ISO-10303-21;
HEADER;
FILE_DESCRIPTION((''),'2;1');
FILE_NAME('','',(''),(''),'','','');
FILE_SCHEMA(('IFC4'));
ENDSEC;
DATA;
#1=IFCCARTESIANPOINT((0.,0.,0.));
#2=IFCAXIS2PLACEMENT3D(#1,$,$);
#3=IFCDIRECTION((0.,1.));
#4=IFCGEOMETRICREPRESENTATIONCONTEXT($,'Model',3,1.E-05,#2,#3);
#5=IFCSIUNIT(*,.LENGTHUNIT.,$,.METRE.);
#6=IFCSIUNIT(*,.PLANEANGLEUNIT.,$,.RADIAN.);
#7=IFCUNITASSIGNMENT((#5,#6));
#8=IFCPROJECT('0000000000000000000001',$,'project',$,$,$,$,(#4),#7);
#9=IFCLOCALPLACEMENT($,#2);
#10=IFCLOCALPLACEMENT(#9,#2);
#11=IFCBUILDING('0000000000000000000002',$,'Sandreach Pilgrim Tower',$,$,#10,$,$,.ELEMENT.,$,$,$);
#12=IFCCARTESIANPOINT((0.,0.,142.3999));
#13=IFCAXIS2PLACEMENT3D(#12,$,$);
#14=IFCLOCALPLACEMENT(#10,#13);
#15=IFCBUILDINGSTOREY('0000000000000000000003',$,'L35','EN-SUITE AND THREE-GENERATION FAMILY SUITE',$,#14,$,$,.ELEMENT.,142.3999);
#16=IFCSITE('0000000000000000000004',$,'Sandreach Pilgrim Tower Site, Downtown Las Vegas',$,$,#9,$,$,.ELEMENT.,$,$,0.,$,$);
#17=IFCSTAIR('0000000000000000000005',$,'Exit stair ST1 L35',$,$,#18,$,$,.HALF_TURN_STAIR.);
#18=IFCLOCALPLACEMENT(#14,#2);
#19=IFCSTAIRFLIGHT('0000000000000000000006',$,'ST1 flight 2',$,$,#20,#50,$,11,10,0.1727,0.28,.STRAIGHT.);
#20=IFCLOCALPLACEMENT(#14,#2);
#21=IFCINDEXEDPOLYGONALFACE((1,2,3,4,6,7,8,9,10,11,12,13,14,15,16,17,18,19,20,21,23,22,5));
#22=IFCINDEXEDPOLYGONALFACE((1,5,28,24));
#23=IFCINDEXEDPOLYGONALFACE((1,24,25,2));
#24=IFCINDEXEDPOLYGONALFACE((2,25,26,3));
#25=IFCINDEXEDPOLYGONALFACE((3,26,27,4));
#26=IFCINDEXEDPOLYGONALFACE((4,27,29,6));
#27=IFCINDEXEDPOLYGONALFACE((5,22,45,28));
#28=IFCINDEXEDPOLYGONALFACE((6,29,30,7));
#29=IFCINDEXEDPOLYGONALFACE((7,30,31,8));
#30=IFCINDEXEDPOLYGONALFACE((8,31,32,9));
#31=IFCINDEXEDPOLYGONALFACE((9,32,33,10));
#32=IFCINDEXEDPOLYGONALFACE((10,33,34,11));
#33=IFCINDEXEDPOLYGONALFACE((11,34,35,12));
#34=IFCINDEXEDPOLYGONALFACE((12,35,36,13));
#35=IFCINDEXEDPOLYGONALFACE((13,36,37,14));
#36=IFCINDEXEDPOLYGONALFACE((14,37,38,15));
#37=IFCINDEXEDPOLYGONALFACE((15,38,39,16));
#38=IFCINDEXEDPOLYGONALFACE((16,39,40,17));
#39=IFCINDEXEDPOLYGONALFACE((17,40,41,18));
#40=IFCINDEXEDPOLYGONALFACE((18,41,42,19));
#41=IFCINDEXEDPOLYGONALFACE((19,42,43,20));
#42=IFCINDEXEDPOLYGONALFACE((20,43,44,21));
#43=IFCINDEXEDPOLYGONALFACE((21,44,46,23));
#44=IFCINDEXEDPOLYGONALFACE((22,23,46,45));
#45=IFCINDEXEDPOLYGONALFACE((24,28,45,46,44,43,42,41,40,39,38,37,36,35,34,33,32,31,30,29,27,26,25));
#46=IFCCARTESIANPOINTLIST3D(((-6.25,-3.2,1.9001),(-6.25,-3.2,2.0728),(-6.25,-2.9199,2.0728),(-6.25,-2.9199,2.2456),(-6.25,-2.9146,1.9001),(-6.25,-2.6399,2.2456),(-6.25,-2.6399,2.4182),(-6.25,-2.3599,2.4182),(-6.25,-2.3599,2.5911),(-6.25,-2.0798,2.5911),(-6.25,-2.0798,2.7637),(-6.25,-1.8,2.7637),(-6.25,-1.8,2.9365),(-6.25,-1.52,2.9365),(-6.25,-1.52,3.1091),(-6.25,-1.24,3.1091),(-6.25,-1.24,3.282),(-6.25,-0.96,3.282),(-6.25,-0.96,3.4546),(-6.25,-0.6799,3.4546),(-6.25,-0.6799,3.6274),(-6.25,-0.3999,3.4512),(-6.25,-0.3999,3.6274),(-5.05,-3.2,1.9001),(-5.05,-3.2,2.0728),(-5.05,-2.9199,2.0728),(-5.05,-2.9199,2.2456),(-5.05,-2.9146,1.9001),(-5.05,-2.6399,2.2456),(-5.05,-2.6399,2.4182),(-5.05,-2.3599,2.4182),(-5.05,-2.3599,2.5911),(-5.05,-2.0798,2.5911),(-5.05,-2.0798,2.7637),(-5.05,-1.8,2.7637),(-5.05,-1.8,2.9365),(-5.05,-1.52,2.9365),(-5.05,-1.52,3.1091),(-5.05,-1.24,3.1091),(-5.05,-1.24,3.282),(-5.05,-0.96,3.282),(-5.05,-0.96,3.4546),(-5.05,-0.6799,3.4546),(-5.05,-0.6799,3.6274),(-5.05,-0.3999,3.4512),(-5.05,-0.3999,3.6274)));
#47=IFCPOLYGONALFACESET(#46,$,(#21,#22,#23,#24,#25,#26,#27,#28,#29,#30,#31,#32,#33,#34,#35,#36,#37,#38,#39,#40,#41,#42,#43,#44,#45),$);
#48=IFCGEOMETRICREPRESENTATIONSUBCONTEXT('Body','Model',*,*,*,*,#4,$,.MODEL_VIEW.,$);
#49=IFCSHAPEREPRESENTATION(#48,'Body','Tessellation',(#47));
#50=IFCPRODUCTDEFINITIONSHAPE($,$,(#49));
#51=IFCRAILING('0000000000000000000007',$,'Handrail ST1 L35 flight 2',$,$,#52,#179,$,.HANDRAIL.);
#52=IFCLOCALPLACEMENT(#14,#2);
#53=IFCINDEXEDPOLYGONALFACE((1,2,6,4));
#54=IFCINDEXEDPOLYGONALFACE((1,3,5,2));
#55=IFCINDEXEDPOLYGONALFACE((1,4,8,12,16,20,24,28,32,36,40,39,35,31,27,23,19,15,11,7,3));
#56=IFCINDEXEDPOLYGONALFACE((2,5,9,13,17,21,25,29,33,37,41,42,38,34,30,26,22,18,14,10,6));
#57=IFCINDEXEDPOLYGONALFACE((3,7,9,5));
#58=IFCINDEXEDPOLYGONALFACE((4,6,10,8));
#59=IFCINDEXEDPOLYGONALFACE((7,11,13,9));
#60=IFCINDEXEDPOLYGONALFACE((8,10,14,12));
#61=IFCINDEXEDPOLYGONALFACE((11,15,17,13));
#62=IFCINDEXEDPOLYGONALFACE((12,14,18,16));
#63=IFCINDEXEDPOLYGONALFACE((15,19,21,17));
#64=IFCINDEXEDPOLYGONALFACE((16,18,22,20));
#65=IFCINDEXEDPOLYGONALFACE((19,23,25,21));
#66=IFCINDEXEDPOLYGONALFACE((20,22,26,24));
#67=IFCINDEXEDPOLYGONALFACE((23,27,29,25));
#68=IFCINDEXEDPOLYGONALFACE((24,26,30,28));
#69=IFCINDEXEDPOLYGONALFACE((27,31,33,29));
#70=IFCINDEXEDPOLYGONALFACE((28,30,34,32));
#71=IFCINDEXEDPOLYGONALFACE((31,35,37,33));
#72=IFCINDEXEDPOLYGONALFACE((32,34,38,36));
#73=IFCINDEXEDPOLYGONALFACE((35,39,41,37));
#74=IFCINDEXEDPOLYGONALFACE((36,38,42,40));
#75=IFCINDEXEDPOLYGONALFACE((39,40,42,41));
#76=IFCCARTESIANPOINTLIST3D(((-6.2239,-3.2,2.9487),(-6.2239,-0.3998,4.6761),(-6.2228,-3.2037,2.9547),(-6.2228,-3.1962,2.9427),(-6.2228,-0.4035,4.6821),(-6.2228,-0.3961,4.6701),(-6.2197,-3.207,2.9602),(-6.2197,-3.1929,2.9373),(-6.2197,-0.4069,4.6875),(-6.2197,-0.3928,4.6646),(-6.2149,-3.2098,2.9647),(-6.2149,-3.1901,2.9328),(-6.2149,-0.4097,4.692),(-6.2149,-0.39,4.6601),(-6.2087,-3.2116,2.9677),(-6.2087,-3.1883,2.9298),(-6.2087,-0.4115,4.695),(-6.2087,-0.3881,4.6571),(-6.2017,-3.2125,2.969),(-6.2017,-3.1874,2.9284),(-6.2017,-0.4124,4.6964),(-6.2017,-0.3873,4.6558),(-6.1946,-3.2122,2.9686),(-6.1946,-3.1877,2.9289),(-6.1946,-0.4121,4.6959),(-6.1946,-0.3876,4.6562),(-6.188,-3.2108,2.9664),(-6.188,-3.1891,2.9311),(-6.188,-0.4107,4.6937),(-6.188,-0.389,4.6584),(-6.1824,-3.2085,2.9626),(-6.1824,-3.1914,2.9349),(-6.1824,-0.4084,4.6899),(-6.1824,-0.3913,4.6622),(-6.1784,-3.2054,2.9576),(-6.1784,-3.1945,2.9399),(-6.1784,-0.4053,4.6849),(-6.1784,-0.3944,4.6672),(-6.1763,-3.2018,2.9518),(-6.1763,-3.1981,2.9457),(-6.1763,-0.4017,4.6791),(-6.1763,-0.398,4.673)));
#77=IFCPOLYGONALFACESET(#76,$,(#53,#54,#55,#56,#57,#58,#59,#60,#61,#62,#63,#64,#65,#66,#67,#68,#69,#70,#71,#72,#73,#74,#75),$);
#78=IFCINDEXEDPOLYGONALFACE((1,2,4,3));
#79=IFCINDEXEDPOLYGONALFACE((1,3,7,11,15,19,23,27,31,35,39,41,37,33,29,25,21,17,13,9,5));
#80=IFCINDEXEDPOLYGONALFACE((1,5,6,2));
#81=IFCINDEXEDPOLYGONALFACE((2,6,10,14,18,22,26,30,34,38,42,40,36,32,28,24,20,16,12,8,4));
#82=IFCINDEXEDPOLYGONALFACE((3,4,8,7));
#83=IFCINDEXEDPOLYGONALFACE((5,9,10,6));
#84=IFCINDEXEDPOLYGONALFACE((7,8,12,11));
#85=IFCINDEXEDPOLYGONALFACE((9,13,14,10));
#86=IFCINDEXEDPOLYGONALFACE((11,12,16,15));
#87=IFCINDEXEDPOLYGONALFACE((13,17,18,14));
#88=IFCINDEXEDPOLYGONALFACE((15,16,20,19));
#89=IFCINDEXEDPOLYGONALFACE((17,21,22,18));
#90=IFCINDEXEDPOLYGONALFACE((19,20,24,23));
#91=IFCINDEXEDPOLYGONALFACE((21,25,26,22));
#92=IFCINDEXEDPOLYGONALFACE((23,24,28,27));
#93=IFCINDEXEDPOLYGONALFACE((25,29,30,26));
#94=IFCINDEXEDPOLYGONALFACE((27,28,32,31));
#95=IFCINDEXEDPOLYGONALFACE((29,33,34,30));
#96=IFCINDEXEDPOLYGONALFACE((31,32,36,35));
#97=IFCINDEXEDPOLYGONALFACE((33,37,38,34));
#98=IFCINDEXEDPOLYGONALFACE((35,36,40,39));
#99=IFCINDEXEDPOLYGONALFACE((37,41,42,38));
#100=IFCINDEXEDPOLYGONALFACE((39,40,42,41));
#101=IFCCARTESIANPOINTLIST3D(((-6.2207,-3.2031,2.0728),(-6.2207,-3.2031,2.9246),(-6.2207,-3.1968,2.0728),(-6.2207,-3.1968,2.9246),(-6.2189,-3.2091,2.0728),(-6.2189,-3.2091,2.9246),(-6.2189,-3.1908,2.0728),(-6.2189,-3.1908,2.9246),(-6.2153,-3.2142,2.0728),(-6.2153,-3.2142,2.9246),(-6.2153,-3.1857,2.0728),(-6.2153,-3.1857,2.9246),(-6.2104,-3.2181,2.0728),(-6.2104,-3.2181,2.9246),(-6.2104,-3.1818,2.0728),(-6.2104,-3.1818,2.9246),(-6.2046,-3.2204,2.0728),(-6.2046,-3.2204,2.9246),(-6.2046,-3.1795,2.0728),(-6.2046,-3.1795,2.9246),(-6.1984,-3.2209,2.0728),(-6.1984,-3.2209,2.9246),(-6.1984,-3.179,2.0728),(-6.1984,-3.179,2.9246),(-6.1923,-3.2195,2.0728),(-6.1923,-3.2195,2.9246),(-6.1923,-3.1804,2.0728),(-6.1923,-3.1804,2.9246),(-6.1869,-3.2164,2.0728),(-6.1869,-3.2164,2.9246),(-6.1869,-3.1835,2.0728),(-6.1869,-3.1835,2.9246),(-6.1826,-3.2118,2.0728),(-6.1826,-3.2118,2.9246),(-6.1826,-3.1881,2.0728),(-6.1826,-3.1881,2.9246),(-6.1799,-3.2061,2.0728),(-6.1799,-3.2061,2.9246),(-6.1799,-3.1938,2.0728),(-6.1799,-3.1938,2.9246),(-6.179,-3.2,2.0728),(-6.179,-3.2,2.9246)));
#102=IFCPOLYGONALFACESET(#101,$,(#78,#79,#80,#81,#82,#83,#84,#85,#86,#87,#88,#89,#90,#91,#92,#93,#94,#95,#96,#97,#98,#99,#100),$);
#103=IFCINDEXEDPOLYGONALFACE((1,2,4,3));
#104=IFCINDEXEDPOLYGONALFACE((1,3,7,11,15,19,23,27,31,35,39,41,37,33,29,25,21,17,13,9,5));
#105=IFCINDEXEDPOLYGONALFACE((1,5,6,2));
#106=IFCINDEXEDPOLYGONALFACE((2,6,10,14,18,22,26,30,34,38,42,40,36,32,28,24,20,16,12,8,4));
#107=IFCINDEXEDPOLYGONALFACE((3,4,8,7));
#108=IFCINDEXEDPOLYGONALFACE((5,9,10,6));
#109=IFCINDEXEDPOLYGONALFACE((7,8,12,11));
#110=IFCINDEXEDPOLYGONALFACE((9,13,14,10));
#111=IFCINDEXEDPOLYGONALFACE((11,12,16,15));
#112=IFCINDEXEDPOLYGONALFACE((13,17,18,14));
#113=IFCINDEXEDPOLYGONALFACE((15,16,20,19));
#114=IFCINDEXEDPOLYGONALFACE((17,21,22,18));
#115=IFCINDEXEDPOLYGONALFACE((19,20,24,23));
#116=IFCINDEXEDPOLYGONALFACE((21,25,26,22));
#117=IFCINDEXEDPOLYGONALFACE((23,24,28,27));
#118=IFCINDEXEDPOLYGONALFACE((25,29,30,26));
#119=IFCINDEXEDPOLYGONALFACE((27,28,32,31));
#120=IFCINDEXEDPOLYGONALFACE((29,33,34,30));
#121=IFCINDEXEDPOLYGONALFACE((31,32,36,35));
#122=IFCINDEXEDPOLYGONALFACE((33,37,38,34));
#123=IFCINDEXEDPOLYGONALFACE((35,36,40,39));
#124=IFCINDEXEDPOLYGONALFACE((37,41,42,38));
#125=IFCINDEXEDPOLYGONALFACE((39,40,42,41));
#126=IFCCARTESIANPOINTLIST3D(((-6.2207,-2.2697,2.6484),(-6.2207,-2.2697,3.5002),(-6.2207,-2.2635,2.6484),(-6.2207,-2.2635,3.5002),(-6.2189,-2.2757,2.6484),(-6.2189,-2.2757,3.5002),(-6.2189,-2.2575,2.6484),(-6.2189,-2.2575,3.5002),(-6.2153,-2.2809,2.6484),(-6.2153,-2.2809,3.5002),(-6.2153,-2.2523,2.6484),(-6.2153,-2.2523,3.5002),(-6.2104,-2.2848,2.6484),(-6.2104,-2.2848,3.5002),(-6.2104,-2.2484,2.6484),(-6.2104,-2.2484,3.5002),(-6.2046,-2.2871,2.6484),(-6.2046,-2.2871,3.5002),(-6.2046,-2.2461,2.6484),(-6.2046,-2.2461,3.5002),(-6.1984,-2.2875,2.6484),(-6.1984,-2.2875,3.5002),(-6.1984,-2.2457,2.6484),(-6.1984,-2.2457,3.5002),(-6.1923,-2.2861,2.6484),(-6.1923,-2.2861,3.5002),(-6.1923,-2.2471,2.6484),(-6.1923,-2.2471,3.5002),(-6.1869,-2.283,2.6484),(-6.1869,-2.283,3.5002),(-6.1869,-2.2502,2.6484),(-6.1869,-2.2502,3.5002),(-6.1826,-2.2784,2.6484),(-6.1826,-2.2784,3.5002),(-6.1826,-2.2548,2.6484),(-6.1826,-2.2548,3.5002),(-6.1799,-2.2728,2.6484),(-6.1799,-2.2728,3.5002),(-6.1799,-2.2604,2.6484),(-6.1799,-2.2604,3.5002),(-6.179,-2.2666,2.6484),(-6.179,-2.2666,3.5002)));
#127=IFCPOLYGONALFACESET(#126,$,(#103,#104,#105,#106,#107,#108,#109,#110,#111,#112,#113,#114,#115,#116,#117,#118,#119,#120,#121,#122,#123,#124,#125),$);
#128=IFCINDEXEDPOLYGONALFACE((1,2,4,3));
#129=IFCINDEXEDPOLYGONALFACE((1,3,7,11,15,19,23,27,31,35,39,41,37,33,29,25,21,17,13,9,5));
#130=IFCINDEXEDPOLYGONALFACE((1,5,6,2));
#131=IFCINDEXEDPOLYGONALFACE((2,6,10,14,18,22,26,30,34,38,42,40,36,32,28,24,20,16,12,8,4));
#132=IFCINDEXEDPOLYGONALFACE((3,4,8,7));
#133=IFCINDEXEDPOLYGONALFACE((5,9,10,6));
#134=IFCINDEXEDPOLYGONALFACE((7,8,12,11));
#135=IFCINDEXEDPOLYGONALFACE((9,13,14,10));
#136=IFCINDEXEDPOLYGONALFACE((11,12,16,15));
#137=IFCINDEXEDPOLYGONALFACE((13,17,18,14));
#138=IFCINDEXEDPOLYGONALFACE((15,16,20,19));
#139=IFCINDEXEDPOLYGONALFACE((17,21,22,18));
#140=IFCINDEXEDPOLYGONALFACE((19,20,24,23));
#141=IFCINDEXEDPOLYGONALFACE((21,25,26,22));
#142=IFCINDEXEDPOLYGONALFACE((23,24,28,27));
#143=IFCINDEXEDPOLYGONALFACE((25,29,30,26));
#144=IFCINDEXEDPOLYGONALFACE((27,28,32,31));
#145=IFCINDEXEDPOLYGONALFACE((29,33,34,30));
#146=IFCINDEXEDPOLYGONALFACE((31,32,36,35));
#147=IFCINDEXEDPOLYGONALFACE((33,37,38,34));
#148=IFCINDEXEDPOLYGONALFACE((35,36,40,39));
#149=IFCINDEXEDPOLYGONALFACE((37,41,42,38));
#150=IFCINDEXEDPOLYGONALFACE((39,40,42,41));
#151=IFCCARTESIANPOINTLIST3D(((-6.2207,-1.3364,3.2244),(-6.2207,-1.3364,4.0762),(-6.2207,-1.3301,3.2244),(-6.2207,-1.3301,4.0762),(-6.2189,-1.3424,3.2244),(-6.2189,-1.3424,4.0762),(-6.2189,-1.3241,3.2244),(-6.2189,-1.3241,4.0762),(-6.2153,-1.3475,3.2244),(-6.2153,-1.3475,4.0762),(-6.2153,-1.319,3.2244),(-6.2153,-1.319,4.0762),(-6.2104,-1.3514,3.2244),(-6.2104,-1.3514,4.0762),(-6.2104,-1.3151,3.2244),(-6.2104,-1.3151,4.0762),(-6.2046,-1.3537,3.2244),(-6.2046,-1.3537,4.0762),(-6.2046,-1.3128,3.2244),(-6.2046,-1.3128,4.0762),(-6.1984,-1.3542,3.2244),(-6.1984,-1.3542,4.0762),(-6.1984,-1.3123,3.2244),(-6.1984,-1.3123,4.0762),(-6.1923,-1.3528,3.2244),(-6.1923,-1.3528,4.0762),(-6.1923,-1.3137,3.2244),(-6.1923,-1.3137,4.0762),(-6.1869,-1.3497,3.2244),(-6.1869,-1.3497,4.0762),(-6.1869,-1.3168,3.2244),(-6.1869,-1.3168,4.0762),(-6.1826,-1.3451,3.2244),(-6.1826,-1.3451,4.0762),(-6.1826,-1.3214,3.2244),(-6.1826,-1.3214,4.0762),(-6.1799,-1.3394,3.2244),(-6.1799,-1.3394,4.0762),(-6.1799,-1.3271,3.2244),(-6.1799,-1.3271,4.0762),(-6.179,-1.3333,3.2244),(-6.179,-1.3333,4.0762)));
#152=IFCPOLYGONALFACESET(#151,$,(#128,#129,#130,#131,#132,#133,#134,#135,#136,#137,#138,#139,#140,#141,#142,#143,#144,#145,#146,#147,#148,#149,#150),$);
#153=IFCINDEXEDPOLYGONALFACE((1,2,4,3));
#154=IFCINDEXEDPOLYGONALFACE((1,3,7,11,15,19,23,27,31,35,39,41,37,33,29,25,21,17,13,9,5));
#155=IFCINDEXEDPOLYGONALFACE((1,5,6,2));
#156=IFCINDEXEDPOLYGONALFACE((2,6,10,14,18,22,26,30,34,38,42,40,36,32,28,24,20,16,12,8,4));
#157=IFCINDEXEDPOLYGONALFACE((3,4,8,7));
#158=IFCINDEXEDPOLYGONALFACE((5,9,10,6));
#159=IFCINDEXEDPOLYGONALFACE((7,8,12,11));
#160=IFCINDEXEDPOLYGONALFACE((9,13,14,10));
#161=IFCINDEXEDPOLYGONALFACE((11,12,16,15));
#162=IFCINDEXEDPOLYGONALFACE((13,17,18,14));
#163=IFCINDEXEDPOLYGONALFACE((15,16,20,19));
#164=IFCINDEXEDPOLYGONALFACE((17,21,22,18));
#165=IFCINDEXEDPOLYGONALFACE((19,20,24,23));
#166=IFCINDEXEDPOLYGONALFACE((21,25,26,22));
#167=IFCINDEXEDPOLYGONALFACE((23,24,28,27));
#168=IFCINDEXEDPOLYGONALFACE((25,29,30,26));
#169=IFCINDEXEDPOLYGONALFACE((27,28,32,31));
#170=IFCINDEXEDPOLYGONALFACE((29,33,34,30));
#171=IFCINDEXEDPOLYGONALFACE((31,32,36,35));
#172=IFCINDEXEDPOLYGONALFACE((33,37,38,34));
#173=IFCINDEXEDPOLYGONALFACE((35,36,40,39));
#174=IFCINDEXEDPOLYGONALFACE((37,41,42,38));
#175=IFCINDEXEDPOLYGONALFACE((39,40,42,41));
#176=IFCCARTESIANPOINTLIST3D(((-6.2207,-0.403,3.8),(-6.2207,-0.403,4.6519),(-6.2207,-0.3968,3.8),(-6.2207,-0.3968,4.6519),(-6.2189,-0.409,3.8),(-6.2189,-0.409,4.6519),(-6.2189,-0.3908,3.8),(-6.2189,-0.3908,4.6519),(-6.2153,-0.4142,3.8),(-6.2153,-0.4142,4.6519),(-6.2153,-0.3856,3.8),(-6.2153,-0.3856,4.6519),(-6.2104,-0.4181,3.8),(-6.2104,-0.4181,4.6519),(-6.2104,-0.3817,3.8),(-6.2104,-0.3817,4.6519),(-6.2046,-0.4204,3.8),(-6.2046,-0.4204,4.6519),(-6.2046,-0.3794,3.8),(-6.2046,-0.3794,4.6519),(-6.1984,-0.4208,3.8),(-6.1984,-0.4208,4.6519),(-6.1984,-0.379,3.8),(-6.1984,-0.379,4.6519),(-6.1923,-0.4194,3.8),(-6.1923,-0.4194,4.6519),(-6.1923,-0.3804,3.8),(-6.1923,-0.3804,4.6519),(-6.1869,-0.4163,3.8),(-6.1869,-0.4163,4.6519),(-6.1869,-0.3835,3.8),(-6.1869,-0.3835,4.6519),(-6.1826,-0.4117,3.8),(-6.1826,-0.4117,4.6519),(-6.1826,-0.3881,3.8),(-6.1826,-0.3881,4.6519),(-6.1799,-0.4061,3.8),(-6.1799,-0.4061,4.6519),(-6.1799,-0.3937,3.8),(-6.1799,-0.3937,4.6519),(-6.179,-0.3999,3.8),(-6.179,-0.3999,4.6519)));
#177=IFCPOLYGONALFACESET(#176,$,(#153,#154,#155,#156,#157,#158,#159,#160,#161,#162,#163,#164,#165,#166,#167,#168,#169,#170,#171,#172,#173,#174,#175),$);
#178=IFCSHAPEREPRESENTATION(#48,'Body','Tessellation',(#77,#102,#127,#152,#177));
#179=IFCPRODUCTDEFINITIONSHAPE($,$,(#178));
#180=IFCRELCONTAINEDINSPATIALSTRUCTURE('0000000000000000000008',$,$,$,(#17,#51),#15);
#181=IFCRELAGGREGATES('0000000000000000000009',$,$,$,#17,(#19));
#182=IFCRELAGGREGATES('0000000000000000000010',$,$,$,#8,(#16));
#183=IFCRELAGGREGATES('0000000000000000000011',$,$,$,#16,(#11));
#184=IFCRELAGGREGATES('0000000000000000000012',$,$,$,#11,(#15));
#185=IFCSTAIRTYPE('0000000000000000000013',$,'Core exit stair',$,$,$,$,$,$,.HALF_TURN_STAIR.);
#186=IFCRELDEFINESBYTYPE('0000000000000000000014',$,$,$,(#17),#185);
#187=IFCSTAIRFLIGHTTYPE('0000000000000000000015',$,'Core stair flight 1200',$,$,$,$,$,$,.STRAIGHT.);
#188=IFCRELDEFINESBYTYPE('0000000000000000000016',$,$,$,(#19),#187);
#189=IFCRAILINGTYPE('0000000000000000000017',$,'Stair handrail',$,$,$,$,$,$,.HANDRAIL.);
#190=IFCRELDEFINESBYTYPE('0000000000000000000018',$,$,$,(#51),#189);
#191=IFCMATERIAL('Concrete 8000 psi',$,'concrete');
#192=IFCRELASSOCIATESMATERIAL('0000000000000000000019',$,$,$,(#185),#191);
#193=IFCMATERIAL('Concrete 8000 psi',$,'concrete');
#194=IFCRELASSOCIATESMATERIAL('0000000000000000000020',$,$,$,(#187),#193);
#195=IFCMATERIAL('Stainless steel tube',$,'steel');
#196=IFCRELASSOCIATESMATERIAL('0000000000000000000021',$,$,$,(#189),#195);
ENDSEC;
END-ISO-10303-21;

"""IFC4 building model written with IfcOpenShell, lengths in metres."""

from ifc_helpers import new_model, si_unit, direction, frame, origin, origin_2d, place, context, subcontext, project, spatial, polyline, circle, outline, extrude, material, type_object, element, aggregate, save


model = new_model("IFC4")

# Units and contexts
model_context = context("Model", 3, precision=1e-05, world=origin(), true_north=direction((0.0, 1.0)))
body_context = subcontext(model_context, "Body", "Model", "MODEL_VIEW")
ifc_project = project(units=[si_unit("LENGTHUNIT", "METRE"), si_unit("PLANEANGLEUNIT", "RADIAN")], contexts=[model_context])

# Site, building, storey
site_placement = place(None, origin())
site = spatial("IfcSite", under=ifc_project, at=site_placement, Name="Sandreach Pilgrim Tower Site, Downtown Las Vegas", CompositionType="ELEMENT", RefElevation=0.0)
building_placement = place(site_placement, origin())
building = spatial("IfcBuilding", under=site, at=building_placement, Name="Sandreach Pilgrim Tower", CompositionType="ELEMENT")
storey_placement = place(building_placement, frame((0.0, 0.0, 142.3999)))
storey = spatial("IfcBuildingStorey", under=building, at=storey_placement, Name="L35", Description="EN-SUITE AND THREE-GENERATION FAMILY SUITE", CompositionType="ELEMENT", Elevation=142.3999)

# Stair, stair flight
ifc_material_1 = material(Name="Concrete 8000 psi", Category="concrete")
stair_type = type_object("IfcStairType", Name="Core exit stair", PredefinedType="HALF_TURN_STAIR", material=ifc_material_1)
stair_placement = place(storey_placement, origin())
stair = element("IfcStair", 1, at=stair_placement, inside=storey, type_object=stair_type, Name="Exit stair ST1 L35", PredefinedType="HALF_TURN_STAIR")
ifc_material_2 = material(Name="Concrete 8000 psi", Category="concrete")
stair_flight_type = type_object("IfcStairFlightType", Name="Core stair flight 1200", PredefinedType="STRAIGHT", material=ifc_material_2)
stair_flight_placement = place(storey_placement, frame((-5.6499, -3.2, 1.9001), z_axis=(0.0, 0.0, 1.0), x_axis=(0.0, 1.0, 0.0)))
stair_flight = element("IfcStairFlight", 2, at=stair_flight_placement, type_object=stair_flight_type, Name="ST1 flight 2", NumberOfRisers=11, NumberOfTreads=10, PredefinedType="STRAIGHT", RiserHeight=0.1727, TreadLength=0.28, context=body_context, shape_type="SweptSolid", body=[
    extrude(outline(polyline([(0.0, 0.0), (0.0, 0.1726), (0.28, 0.1726), (0.28, 0.3455), (0.5601, 0.3455), (0.5601, 0.5181), (0.8401, 0.5181), (0.8401, 0.6909), (1.1201, 0.6909), (1.1201, 0.8635), (1.3999, 0.8635), (1.3999, 1.0364), (1.6799, 1.0364), (1.6799, 1.209), (1.96, 1.209), (1.96, 1.3818), (2.24, 1.3818), (2.24, 1.5544), (2.52, 1.5544), (2.52, 1.7273), (2.8, 1.7273), (2.8, 1.8999), (2.8, 1.551), (0.2854, 0.0), (0.0, 0.0)])), frame((0.0, 0.6001, 0.0), z_axis=(0.0, -1.0, 0.0), x_axis=(1.0, 0.0, 0.0)), (0.0, 0.0, 1.0), 1.2),
])
aggregate(stair, [stair_flight])

# Railing
ifc_material_3 = material(Name="Stainless steel tube", Category="steel")
railing_type = type_object("IfcRailingType", Name="Stair handrail", PredefinedType="HANDRAIL", material=ifc_material_3)
for number, where, name in (
    (3, (-6.2, -3.2, 2.0728), "Handrail ST1 L35 flight 2"),
):
    element("IfcRailing", number, at=place(storey_placement, frame(where)), inside=storey, type_object=railing_type, Name=name, PredefinedType="HANDRAIL", context=body_context, shape_type="SweptSolid", body=[
        extrude(circle(Radius=0.0239, at=origin_2d()), frame((0.0, 0.0, 0.876), z_axis=(0.0, 0.85109, 0.52502), x_axis=(-1.0, 0.0, 0.0)), (0.0, 0.0, 1.0), 3.29),
        extrude(circle(Radius=0.021, at=origin_2d()), origin(), (0.0, 0.0, 1.0), 0.8518),
        extrude(circle(Radius=0.021, at=origin_2d()), frame((0.0, 0.9333, 0.5757)), (0.0, 0.0, 1.0), 0.8518),
        extrude(circle(Radius=0.021, at=origin_2d()), frame((0.0, 1.8667, 1.1516)), (0.0, 0.0, 1.0), 0.8518),
        extrude(circle(Radius=0.021, at=origin_2d()), frame((0.0, 2.8, 1.7273)), (0.0, 0.0, 1.0), 0.8518),
    ])

save(model, "model.ifc")
